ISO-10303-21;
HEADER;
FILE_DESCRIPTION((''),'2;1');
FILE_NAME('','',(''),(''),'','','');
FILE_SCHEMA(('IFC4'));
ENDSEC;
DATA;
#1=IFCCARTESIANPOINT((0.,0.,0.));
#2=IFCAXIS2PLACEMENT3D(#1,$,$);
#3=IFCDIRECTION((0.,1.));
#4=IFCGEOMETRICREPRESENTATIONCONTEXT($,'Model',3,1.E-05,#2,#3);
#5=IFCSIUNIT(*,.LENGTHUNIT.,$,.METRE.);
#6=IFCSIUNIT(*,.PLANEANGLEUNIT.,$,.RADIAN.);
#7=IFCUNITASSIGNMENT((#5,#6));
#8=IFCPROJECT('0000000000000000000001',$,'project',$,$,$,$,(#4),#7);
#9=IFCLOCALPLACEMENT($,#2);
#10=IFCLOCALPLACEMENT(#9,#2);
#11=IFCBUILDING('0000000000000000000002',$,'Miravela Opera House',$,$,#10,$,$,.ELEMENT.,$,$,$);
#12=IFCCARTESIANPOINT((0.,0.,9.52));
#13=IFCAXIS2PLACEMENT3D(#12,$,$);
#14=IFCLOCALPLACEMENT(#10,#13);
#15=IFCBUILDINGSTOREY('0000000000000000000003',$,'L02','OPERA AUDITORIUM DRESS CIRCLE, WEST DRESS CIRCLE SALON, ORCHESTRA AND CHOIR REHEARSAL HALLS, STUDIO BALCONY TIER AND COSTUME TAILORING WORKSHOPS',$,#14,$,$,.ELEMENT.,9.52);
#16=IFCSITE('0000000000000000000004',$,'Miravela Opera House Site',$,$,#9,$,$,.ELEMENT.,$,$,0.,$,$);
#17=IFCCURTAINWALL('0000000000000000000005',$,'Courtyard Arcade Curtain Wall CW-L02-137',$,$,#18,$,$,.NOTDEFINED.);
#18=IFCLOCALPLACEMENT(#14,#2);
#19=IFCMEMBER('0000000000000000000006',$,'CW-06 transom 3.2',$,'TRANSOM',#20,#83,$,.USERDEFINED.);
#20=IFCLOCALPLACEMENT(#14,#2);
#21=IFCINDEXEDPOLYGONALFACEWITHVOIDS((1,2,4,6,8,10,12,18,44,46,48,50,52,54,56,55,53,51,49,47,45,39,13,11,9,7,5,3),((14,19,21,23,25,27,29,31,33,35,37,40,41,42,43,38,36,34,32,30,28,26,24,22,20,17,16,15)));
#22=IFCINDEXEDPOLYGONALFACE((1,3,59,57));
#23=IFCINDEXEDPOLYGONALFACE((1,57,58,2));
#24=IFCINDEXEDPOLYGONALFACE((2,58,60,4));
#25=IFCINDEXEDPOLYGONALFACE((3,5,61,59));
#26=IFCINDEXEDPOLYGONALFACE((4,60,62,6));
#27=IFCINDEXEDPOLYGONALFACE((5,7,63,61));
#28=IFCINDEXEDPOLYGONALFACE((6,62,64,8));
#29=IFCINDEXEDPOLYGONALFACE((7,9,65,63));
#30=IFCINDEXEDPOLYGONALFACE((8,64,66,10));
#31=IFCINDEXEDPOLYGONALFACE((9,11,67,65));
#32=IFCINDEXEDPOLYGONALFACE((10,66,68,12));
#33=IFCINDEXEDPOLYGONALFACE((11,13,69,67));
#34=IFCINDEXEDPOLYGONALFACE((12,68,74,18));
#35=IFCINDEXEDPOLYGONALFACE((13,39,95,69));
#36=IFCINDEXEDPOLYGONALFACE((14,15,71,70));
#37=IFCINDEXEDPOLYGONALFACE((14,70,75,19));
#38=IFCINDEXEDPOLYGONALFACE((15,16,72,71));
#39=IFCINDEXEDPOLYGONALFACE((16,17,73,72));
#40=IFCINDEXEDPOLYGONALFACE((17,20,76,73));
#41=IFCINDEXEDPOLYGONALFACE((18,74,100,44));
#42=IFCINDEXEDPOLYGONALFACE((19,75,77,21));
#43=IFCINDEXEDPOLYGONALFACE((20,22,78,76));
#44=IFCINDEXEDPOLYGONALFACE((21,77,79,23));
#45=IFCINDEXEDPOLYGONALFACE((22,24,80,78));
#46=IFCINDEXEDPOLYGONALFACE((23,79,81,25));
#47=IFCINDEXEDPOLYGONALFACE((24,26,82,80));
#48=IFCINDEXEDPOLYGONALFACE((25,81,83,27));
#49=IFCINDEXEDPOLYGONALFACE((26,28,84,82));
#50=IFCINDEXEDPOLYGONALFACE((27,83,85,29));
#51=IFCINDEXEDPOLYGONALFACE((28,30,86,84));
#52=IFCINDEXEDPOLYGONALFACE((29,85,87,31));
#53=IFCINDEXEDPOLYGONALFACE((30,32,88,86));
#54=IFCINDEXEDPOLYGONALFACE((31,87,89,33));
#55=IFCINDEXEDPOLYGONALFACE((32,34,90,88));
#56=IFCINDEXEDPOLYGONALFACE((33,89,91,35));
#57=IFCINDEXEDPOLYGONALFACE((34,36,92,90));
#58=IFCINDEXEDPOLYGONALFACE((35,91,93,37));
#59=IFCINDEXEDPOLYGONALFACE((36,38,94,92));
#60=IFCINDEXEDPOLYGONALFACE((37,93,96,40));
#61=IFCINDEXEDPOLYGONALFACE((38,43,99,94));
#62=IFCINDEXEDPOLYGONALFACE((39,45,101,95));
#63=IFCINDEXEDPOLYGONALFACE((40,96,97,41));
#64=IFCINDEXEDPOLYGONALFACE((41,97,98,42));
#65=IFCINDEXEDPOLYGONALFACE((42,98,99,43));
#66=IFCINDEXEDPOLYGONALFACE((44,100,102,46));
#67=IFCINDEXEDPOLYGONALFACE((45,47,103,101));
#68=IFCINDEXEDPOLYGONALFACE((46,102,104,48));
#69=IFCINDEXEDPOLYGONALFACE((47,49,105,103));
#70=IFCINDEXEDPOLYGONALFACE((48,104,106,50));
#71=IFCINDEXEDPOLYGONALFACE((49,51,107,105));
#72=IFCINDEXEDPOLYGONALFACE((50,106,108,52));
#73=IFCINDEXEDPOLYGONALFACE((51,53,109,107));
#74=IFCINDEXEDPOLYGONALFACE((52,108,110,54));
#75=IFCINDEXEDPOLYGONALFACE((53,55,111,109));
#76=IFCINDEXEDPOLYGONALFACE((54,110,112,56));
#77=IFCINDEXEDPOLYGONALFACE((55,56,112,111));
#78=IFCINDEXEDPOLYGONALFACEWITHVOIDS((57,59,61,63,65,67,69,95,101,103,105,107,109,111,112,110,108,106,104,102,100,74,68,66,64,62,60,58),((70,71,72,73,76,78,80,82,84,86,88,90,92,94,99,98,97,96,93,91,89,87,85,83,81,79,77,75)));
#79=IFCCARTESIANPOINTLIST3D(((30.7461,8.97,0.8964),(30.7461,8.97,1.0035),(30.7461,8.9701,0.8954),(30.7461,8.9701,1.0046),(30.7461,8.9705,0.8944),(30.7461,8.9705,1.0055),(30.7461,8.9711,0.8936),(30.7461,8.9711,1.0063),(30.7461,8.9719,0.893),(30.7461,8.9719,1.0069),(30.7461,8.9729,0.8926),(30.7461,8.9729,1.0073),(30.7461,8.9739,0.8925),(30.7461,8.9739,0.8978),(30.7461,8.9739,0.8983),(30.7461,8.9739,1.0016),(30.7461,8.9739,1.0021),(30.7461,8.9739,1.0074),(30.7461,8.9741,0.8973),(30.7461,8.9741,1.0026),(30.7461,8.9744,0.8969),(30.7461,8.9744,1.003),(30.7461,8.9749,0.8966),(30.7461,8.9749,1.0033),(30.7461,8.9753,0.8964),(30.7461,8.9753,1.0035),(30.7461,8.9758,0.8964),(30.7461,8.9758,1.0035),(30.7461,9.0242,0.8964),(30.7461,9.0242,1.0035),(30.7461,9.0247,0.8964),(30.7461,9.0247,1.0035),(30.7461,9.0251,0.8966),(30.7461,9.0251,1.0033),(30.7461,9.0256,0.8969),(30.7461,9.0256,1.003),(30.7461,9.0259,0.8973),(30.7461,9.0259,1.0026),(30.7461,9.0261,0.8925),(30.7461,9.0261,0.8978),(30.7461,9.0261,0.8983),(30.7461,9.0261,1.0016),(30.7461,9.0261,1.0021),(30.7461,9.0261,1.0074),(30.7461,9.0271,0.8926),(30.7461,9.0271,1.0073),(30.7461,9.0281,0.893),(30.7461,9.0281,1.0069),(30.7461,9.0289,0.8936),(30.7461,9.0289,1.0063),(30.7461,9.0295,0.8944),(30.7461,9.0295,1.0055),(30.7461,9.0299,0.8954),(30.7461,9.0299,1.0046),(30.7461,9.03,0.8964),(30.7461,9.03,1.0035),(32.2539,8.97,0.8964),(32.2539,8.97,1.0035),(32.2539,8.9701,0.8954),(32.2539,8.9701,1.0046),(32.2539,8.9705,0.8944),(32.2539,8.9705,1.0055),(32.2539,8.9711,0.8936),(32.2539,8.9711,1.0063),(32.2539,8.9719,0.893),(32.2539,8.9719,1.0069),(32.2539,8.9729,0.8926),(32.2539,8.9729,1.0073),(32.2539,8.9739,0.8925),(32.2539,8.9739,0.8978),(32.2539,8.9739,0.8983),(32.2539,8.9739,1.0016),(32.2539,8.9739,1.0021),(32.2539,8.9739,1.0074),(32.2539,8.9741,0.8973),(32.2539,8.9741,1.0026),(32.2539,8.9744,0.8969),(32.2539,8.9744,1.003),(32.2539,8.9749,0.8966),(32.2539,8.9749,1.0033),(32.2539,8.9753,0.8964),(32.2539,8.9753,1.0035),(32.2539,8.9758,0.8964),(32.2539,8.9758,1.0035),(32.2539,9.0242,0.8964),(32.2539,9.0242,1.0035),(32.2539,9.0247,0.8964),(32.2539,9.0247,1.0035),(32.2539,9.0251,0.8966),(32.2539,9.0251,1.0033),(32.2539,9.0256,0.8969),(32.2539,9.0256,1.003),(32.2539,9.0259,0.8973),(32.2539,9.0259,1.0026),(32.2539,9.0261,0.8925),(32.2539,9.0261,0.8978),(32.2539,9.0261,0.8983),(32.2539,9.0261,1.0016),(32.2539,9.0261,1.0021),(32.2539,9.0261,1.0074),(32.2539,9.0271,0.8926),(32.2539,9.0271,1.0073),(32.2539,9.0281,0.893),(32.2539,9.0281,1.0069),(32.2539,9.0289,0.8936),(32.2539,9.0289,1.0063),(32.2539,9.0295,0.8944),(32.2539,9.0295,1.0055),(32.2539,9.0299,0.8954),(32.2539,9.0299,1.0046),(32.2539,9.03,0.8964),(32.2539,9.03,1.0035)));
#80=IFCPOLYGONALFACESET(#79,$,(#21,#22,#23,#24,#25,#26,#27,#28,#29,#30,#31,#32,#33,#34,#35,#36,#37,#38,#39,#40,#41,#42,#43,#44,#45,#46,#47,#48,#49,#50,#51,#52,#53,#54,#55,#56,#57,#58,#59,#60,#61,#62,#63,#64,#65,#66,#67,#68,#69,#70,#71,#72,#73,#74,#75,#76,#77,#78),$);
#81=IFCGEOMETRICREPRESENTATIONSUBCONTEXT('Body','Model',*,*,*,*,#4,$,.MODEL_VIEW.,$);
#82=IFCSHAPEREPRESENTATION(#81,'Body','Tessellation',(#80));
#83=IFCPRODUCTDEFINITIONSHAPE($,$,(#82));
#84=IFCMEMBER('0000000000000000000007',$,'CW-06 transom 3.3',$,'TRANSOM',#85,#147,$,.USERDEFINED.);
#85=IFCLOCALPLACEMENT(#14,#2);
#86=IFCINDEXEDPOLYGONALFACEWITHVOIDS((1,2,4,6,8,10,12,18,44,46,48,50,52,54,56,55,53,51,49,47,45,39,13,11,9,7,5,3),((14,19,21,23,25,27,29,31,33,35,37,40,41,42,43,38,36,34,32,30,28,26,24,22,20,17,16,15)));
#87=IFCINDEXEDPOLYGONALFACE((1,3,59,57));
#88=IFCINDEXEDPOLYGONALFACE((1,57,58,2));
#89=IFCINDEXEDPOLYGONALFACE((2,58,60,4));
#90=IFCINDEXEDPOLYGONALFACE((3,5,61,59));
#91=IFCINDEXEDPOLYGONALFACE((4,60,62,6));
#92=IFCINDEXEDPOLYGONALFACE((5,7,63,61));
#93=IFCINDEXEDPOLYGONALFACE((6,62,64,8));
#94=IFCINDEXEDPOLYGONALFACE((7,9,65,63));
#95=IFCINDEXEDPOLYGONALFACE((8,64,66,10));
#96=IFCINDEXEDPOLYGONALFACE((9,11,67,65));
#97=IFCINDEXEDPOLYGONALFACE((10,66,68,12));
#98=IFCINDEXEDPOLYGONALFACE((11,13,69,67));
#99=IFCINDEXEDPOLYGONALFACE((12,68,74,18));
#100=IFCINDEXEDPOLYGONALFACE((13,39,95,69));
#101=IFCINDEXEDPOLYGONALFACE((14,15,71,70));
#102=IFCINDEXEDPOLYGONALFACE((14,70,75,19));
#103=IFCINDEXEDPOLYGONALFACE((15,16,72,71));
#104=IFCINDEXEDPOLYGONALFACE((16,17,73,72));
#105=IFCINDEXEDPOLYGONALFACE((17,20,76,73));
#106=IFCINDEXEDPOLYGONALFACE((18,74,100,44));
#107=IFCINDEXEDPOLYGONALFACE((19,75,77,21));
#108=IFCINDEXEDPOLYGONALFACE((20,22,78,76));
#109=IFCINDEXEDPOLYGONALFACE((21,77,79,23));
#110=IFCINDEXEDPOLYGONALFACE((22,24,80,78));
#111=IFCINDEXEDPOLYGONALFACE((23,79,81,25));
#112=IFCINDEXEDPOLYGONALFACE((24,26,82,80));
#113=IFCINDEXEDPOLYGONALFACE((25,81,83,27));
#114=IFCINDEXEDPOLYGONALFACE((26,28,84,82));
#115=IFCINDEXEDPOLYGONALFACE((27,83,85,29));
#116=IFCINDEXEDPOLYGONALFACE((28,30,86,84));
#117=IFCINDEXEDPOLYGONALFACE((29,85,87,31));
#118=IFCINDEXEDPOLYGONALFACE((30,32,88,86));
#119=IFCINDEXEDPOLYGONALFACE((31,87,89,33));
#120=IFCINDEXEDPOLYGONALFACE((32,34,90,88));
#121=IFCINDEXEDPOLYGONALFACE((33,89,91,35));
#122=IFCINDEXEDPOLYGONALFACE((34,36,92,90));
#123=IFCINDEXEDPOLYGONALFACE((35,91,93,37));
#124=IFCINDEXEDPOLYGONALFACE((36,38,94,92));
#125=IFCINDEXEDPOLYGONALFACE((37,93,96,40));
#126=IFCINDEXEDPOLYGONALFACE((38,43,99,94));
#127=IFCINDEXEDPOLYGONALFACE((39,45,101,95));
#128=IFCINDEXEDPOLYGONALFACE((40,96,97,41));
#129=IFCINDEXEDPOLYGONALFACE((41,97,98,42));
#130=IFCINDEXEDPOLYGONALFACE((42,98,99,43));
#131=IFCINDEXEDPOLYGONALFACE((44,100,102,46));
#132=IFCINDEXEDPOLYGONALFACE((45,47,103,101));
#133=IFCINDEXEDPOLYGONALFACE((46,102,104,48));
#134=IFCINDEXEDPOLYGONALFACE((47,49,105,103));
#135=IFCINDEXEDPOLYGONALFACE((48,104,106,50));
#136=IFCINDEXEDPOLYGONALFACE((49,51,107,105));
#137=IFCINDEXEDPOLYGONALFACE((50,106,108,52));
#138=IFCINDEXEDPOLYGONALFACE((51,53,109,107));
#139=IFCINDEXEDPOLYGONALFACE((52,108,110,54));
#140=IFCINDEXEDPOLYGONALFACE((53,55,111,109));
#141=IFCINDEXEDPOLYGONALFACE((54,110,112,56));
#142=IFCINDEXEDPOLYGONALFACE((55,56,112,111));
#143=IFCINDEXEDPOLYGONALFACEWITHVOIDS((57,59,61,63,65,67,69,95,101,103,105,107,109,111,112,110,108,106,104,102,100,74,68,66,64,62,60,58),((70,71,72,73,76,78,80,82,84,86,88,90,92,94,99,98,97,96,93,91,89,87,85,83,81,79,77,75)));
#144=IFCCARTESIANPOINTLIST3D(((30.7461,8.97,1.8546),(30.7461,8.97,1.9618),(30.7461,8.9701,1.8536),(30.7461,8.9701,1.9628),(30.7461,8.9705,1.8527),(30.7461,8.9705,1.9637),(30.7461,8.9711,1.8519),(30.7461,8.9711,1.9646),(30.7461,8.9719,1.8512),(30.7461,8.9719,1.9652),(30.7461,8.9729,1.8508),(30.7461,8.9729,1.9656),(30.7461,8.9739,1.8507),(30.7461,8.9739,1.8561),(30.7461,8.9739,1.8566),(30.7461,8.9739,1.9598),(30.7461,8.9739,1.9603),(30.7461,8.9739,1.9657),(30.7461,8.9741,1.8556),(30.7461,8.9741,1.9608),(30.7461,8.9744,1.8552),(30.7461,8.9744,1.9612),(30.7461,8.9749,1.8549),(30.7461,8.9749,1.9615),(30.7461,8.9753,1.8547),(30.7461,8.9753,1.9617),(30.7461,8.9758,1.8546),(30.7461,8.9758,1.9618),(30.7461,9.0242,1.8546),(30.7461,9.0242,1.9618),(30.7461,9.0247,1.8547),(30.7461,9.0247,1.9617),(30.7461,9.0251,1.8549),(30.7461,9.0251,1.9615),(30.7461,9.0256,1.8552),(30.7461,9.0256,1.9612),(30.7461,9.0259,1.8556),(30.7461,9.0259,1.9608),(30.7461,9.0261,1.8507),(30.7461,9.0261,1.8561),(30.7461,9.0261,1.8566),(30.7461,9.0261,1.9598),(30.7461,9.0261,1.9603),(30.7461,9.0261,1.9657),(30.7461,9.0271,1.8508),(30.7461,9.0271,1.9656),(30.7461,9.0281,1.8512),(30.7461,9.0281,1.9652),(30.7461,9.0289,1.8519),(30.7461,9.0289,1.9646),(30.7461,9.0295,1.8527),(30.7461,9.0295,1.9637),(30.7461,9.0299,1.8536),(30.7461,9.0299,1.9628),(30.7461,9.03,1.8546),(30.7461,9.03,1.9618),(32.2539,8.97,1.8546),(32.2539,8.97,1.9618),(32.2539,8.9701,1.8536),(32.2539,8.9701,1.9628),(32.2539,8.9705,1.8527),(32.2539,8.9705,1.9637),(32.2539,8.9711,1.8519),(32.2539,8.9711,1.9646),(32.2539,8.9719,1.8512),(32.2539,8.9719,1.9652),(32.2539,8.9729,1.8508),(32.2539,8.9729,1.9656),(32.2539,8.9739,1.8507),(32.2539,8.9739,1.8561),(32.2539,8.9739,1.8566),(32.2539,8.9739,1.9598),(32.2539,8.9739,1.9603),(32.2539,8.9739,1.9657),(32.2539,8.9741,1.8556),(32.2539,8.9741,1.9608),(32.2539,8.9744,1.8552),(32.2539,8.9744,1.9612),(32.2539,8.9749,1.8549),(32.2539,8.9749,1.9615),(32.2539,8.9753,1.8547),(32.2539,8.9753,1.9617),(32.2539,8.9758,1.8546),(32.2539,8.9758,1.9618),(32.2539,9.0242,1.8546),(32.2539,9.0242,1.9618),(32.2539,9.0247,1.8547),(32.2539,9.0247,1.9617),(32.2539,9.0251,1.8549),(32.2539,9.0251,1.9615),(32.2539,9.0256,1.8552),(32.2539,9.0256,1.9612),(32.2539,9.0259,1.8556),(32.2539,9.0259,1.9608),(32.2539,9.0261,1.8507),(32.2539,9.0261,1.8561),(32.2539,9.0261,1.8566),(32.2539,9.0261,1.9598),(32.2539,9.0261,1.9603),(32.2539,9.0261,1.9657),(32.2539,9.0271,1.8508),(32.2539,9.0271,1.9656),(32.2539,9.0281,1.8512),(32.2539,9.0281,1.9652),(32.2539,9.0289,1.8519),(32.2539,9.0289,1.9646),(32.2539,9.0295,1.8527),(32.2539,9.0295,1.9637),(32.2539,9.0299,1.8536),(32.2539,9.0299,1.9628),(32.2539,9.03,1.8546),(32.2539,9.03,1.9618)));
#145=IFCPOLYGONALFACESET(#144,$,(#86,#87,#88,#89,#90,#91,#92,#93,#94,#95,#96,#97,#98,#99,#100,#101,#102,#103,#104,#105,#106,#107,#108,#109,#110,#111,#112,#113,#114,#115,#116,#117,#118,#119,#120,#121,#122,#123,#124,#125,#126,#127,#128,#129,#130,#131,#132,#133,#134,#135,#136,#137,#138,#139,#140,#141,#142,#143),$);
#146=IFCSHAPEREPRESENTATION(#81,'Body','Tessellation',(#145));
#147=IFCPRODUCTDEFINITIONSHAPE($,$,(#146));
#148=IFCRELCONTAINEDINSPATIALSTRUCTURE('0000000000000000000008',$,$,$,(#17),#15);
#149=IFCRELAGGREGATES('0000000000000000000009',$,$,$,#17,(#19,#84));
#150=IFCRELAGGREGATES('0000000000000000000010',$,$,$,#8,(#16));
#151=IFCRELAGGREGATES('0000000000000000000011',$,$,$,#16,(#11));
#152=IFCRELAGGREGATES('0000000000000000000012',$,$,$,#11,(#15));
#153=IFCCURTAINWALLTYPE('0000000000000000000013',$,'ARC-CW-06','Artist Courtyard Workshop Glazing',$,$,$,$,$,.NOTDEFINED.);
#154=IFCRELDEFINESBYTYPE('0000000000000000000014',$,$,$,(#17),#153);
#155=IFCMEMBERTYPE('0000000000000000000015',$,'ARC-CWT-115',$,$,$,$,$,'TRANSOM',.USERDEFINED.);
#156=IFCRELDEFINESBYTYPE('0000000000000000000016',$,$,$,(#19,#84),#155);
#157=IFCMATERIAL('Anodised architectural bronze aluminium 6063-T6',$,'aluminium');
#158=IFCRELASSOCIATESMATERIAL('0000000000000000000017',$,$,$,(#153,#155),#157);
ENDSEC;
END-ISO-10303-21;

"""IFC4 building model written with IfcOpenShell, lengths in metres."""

from ifc_helpers import new_model, si_unit, direction, frame, origin, origin_2d, place, context, subcontext, project, spatial, hollow_rectangle, extrude, material, material_profile, profile_set, type_object, element, aggregate, save


model = new_model("IFC4")

# Units and contexts
model_context = context("Model", 3, precision=1e-05, world=origin(), true_north=direction((0.0, 1.0)))
body_context = subcontext(model_context, "Body", "Model", "MODEL_VIEW")
ifc_project = project(units=[si_unit("LENGTHUNIT", "METRE"), si_unit("PLANEANGLEUNIT", "RADIAN")], contexts=[model_context])

# Site, building, storey
site_placement = place(None, origin())
site = spatial("IfcSite", under=ifc_project, at=site_placement, Name="Miravela Opera House Site", CompositionType="ELEMENT", RefElevation=0.0)
building_placement = place(site_placement, origin())
building = spatial("IfcBuilding", under=site, at=building_placement, Name="Miravela Opera House", CompositionType="ELEMENT")
storey_placement = place(building_placement, frame((0.0, 0.0, 9.52)))
storey = spatial("IfcBuildingStorey", under=building, at=storey_placement, Name="L02", Description="OPERA AUDITORIUM DRESS CIRCLE, WEST DRESS CIRCLE SALON, ORCHESTRA AND CHOIR REHEARSAL HALLS, STUDIO BALCONY TIER AND COSTUME TAILORING WORKSHOPS", CompositionType="ELEMENT", Elevation=9.52)

# Curtain wall, members
ifc_material_1 = material(Name="Anodised architectural bronze aluminium 6063-T6", Category="aluminium")
curtain_wall_type = type_object("IfcCurtainWallType", Name="ARC-CW-06", Description="Artist Courtyard Workshop Glazing", PredefinedType="NOTDEFINED", material=ifc_material_1)
curtain_wall_placement = place(storey_placement, origin())
curtain_wall = element("IfcCurtainWall", 1, at=curtain_wall_placement, inside=storey, type_object=curtain_wall_type, Name="Courtyard Arcade Curtain Wall CW-L02-137", PredefinedType="NOTDEFINED")
ifc_material_profile_1 = material_profile(ifc_material_1, hollow_rectangle(XDim=0.0601, YDim=0.115, WallThickness=0.0039, InnerFilletRadius=0.002, OuterFilletRadius=0.0039, at=origin_2d()), Name="CWT-60X115")
ifc_profile_set_1 = profile_set([ifc_material_profile_1])
member_type_1 = type_object("IfcMemberType", Name="ARC-CWT-115", ElementType="TRANSOM", PredefinedType="USERDEFINED", material=ifc_profile_set_1)
member_1_placement = place(storey_placement, frame((30.7461, 9.0, 0.95), z_axis=(1.0, 0.0, 0.0), x_axis=(0.0, 1.0, 0.0)))
member_1 = element("IfcMember", 2, at=member_1_placement, type_object=member_type_1, Name="CW-06 transom 3.2", ObjectType="TRANSOM", PredefinedType="USERDEFINED", context=body_context, shape_type="SweptSolid", body=[
    extrude(hollow_rectangle(XDim=0.0601, YDim=0.115, WallThickness=0.0039, InnerFilletRadius=0.002, OuterFilletRadius=0.0039, at=origin_2d()), origin(), (0.0, 0.0, 1.0), 1.5078),
])
member_2_placement = place(storey_placement, frame((30.7461, 9.0, 1.9082), z_axis=(1.0, 0.0, 0.0), x_axis=(0.0, 1.0, 0.0)))
member_2 = element("IfcMember", 3, at=member_2_placement, type_object=member_type_1, Name="CW-06 transom 3.3", ObjectType="TRANSOM", PredefinedType="USERDEFINED", context=body_context, shape_type="SweptSolid", body=[
    extrude(hollow_rectangle(XDim=0.0601, YDim=0.115, WallThickness=0.0039, InnerFilletRadius=0.002, OuterFilletRadius=0.0039, at=origin_2d()), origin(), (0.0, 0.0, 1.0), 1.5078),
])
aggregate(curtain_wall, [member_1, member_2])

save(model, "model.ifc")
